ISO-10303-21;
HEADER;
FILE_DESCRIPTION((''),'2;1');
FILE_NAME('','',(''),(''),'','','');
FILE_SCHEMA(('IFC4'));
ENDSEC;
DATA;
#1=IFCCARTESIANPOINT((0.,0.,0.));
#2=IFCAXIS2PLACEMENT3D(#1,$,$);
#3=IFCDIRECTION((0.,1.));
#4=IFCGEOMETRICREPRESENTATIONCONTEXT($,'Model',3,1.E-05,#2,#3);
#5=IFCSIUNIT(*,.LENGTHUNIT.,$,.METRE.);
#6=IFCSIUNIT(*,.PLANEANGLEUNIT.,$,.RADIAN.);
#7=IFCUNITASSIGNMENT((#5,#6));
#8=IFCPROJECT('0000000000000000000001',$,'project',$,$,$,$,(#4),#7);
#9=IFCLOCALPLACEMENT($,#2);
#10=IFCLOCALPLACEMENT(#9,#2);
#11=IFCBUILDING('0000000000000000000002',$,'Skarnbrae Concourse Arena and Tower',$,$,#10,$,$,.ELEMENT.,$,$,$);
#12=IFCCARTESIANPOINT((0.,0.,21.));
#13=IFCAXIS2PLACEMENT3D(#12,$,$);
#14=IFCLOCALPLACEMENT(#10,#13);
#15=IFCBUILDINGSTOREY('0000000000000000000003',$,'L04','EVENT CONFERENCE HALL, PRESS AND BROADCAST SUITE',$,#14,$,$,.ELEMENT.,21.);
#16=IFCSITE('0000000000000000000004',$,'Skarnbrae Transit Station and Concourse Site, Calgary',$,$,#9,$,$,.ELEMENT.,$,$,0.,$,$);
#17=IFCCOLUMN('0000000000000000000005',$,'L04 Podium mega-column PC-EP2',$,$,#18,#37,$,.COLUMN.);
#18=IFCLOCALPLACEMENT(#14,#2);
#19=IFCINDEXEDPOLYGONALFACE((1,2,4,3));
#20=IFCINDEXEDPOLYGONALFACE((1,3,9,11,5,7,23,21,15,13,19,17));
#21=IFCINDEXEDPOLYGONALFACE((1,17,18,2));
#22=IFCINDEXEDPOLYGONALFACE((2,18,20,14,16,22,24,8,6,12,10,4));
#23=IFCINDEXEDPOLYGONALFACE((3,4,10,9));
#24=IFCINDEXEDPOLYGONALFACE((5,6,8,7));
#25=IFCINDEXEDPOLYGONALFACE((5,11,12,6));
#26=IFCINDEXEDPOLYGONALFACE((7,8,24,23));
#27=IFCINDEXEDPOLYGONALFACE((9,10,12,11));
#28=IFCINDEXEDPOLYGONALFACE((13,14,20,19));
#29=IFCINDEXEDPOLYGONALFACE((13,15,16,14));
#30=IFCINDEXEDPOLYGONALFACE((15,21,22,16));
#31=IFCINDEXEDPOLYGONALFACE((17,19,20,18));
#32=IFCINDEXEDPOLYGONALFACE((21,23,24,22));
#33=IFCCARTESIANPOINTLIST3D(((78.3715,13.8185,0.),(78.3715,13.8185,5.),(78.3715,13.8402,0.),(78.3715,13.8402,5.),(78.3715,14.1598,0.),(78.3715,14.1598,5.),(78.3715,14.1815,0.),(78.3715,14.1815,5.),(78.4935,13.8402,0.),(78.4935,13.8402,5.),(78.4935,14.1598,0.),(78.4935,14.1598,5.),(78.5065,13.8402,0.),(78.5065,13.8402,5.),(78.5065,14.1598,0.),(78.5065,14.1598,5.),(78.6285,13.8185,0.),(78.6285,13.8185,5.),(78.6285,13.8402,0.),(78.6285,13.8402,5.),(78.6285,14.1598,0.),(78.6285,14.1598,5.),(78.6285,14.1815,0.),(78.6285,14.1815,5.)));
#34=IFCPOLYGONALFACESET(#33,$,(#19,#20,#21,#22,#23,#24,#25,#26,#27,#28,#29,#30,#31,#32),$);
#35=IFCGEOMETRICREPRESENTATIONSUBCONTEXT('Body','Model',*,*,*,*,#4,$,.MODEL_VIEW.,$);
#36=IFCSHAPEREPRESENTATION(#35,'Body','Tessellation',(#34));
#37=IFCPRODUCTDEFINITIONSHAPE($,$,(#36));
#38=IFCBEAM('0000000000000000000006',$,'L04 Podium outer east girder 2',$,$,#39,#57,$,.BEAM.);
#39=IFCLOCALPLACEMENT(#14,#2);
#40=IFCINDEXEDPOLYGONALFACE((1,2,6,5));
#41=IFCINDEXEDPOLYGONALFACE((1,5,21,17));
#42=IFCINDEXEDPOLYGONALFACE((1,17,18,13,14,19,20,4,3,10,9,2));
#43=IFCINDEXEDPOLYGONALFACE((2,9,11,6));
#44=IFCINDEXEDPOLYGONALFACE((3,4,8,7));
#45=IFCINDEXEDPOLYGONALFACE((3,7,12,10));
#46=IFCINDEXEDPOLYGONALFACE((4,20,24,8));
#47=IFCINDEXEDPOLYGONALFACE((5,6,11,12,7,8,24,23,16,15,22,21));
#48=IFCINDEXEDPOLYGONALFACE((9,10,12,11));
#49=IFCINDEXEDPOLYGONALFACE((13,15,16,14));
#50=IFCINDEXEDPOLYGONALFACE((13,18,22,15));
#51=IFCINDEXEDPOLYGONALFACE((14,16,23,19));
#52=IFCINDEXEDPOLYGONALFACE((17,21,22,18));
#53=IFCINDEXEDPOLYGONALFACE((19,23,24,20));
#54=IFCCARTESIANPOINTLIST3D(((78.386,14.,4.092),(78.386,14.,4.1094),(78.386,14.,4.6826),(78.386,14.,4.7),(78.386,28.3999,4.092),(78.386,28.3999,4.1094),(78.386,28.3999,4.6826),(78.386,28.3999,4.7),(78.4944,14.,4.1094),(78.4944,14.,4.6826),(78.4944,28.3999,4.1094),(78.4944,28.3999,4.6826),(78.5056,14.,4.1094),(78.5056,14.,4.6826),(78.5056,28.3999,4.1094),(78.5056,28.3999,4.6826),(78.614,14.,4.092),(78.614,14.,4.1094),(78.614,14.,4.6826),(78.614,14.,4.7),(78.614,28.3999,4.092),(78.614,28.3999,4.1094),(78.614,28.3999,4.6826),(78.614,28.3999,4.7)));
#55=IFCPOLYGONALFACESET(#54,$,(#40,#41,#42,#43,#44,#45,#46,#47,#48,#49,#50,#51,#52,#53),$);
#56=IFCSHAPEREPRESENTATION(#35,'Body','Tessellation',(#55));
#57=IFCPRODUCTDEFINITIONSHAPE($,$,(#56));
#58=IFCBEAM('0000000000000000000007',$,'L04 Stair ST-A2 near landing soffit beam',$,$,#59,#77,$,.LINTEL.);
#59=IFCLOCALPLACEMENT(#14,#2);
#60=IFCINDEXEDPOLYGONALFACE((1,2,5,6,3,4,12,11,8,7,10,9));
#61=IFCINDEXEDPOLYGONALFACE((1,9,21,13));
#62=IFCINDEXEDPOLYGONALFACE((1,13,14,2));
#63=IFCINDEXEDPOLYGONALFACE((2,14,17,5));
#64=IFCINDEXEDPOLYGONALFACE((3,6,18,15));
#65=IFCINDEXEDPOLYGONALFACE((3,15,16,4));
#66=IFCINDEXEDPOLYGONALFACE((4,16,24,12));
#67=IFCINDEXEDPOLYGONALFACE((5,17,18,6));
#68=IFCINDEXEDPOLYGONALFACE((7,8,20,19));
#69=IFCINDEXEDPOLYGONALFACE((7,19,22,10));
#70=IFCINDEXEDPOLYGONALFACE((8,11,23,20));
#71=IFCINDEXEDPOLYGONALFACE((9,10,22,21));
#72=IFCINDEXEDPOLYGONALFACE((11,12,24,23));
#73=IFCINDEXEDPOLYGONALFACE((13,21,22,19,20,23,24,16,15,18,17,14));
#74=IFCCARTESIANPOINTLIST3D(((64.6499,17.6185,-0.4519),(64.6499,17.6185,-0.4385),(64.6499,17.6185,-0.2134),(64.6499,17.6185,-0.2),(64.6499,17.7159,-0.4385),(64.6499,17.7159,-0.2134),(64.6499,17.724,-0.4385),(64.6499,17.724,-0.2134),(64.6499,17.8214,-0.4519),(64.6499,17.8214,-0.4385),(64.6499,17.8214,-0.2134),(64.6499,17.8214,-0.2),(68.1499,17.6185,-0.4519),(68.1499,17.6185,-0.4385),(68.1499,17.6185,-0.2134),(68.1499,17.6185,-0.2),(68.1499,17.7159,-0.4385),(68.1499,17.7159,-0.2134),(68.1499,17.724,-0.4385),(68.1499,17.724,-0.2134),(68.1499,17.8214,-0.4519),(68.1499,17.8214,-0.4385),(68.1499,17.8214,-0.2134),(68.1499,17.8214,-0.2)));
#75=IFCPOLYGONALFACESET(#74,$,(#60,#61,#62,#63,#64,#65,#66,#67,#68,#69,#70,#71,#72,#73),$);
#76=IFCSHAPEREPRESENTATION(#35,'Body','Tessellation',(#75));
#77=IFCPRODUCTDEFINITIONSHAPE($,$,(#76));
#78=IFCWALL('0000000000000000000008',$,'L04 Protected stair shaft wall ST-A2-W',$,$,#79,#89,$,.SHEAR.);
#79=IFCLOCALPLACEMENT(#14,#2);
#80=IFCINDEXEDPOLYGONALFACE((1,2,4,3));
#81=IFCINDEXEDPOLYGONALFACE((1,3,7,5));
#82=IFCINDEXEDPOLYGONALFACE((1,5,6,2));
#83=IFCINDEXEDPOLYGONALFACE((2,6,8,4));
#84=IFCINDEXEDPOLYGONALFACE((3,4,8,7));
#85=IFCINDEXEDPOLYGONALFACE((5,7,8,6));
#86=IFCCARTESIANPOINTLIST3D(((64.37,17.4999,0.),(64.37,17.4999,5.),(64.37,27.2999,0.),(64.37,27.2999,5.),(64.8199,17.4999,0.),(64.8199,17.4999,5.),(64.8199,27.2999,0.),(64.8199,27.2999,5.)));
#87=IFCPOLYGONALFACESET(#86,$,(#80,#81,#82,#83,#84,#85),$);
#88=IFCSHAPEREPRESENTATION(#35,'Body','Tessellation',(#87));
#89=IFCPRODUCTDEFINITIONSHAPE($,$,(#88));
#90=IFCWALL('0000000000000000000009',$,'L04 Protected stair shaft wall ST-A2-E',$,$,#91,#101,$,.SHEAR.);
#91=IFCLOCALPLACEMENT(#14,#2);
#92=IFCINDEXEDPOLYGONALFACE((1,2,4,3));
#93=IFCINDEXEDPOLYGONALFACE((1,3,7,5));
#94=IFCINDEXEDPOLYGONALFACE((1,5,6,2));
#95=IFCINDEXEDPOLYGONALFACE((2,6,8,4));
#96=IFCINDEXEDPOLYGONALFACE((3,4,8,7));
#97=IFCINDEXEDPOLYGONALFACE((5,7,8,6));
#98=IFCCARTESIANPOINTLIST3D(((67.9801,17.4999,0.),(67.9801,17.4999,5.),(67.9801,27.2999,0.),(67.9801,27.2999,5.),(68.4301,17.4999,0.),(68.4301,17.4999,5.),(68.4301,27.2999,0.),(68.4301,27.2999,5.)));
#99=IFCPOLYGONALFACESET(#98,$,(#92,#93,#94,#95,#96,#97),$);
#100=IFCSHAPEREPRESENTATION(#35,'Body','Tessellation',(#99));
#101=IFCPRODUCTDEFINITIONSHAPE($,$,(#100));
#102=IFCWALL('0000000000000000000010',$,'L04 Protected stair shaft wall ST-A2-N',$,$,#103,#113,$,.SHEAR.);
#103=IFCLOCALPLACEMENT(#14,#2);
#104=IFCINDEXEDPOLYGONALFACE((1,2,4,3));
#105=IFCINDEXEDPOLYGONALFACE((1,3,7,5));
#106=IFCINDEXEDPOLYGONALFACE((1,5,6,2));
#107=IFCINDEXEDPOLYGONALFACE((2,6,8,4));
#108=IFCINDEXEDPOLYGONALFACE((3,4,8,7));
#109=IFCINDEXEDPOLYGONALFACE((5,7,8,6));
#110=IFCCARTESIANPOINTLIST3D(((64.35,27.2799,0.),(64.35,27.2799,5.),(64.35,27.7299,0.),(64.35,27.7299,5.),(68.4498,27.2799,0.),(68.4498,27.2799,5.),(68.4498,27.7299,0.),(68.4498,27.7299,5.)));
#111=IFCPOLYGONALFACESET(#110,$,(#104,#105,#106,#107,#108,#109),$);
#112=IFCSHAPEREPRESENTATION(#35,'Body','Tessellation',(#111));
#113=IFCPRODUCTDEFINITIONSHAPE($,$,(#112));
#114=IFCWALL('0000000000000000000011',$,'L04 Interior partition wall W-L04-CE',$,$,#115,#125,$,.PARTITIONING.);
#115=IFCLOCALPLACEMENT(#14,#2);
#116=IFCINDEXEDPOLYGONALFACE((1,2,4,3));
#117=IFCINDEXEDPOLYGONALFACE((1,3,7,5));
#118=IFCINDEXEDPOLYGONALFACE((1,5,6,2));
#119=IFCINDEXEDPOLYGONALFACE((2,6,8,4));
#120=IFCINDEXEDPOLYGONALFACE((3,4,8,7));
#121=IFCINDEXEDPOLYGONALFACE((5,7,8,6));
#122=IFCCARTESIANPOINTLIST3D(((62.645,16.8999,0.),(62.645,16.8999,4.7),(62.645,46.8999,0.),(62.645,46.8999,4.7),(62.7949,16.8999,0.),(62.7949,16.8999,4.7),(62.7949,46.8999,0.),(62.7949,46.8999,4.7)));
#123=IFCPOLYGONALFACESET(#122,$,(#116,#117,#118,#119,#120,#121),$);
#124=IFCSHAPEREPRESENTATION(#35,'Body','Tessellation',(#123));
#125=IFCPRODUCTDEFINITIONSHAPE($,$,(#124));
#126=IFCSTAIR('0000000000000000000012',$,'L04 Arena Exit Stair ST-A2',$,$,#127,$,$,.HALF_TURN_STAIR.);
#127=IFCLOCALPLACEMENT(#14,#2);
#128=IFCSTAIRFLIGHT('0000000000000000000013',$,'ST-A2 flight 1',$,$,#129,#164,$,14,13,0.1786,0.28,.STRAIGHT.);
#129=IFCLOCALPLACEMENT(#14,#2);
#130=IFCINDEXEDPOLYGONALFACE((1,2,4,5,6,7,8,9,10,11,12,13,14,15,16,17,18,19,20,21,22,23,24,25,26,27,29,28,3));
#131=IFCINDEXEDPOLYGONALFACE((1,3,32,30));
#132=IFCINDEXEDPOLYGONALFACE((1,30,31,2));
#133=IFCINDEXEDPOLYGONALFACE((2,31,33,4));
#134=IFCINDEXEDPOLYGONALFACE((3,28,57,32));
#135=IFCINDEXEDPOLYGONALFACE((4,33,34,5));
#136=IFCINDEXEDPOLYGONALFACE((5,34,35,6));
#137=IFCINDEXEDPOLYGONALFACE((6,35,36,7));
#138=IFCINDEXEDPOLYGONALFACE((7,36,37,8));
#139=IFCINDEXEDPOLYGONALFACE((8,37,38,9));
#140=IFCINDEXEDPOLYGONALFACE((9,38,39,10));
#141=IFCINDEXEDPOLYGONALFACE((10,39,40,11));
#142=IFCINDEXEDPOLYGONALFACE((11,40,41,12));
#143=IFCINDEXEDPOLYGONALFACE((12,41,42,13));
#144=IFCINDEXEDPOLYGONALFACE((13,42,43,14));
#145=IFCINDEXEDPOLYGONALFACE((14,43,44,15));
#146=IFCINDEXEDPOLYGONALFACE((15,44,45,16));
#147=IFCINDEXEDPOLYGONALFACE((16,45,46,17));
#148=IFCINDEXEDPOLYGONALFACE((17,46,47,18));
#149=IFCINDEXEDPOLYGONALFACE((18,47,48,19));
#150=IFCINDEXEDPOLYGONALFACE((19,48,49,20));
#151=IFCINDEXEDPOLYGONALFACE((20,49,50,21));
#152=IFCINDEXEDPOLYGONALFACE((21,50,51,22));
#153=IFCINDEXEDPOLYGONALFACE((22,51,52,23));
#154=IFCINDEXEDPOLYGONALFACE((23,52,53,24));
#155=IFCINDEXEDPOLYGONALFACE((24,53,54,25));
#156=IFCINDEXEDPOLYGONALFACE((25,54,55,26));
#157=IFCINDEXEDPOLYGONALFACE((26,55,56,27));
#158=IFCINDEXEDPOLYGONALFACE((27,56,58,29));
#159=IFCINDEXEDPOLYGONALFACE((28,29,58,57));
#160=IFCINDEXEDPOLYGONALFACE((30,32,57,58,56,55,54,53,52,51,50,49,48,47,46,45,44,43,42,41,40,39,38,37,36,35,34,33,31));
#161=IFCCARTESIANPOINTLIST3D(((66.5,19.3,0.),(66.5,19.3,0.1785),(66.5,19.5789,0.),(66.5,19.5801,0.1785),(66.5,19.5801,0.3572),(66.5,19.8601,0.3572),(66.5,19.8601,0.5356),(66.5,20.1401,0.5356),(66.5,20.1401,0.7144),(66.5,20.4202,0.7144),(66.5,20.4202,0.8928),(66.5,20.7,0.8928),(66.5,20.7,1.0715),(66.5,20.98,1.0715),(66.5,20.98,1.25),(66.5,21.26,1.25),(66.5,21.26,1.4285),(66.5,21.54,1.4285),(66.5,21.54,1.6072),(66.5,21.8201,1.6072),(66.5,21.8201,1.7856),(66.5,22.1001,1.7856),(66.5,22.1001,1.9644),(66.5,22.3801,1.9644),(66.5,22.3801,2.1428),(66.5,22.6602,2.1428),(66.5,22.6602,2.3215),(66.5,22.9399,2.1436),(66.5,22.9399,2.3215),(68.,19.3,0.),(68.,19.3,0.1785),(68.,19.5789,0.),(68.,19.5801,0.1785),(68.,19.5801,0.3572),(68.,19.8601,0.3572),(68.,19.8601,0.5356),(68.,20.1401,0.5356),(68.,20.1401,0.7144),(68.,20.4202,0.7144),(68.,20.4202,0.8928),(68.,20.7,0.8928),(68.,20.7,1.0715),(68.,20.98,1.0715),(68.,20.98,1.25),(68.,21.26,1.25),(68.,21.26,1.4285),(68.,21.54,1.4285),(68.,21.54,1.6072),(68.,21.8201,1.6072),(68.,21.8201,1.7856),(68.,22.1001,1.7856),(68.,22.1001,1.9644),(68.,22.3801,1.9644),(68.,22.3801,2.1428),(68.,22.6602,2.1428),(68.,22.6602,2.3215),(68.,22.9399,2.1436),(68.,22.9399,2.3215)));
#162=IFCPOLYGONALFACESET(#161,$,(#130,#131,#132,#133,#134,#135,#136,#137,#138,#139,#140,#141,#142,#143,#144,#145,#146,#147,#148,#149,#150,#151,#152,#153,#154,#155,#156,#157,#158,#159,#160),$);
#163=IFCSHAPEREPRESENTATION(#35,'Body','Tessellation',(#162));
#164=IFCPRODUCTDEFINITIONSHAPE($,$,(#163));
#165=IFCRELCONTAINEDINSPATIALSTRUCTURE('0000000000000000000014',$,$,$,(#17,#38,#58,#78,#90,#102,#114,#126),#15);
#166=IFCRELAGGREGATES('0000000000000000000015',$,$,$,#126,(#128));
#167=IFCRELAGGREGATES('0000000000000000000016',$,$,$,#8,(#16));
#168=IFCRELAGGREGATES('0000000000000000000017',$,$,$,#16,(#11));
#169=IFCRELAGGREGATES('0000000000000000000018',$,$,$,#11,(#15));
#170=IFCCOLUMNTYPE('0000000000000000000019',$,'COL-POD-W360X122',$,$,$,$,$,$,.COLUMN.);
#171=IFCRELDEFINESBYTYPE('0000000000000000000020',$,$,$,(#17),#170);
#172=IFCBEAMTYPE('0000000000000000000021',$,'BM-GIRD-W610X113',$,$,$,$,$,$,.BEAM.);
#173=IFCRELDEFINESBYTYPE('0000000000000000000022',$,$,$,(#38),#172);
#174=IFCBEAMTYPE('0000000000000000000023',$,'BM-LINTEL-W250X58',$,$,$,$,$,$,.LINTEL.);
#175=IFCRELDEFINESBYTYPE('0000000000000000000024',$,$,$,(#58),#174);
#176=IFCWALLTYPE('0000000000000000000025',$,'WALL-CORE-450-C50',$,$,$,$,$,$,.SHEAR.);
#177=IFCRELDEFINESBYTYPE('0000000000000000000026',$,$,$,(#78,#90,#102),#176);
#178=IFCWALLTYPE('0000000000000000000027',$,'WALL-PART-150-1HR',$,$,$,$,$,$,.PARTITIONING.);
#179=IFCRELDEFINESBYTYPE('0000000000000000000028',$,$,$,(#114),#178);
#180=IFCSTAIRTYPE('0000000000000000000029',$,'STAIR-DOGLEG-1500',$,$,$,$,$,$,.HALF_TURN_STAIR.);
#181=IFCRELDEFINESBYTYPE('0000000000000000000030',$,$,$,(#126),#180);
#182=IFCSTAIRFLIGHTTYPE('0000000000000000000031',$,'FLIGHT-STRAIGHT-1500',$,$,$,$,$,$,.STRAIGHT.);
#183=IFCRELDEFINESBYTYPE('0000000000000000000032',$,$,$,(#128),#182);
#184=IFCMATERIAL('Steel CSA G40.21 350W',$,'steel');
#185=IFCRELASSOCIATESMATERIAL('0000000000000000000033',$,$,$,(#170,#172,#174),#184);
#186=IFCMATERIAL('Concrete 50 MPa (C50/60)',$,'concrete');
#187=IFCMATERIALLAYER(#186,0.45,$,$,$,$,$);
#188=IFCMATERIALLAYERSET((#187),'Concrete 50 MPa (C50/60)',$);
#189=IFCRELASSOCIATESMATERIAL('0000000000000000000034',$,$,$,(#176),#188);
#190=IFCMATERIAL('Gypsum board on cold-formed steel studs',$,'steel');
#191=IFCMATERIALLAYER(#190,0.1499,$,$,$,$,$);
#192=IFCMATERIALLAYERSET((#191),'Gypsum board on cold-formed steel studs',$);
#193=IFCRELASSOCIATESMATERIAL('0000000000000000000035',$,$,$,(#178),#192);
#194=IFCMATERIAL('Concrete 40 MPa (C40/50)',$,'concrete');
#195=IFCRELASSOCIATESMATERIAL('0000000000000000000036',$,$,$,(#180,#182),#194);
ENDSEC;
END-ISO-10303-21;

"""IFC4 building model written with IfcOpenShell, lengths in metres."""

from ifc_helpers import new_model, si_unit, direction, frame, frame_2d, origin, origin_2d, place, context, subcontext, project, spatial, polyline, rectangle, i_section, outline, extrude, source, transform, mapped, material, layer, layer_set, material_profile, profile_set, type_object, element, aggregate, save


model = new_model("IFC4")

# Units and contexts
model_context = context("Model", 3, precision=1e-05, world=origin(), true_north=direction((0.0, 1.0)))
body_context = subcontext(model_context, "Body", "Model", "MODEL_VIEW")
ifc_project = project(units=[si_unit("LENGTHUNIT", "METRE"), si_unit("PLANEANGLEUNIT", "RADIAN")], contexts=[model_context])

# Site, building, storey
site_placement = place(None, origin())
site = spatial("IfcSite", under=ifc_project, at=site_placement, Name="Skarnbrae Transit Station and Concourse Site, Calgary", CompositionType="ELEMENT", RefElevation=0.0)
building_placement = place(site_placement, origin())
building = spatial("IfcBuilding", under=site, at=building_placement, Name="Skarnbrae Concourse Arena and Tower", CompositionType="ELEMENT")
storey_placement = place(building_placement, frame((0.0, 0.0, 21.0)))
storey = spatial("IfcBuildingStorey", under=building, at=storey_placement, Name="L04", Description="EVENT CONFERENCE HALL, PRESS AND BROADCAST SUITE", CompositionType="ELEMENT", Elevation=21.0)

# Column
ifc_material_1 = material(Name="Steel CSA G40.21 350W", Category="steel")
ifc_material_profile_1 = material_profile(ifc_material_1, i_section(OverallWidth=0.2571, OverallDepth=0.363, WebThickness=0.0129, FlangeThickness=0.0217, at=origin_2d()), Name="W360X122")
ifc_profile_set_1 = profile_set([ifc_material_profile_1], Name="Steel CSA G40.21 350W")
column_type = type_object("IfcColumnType", Name="COL-POD-W360X122", PredefinedType="COLUMN", material=ifc_profile_set_1)
shared_shape_1 = source(origin(), body_context, "Body", "SweptSolid", [
    extrude(i_section(OverallWidth=0.2571, OverallDepth=0.363, WebThickness=0.0129, FlangeThickness=0.0217, at=origin_2d()), origin(), (0.0, 0.0, 1.0), 5.0),
])
column_placement = place(storey_placement, frame((78.5, 14.0, 0.0), z_axis=(0.0, 0.0, 1.0), x_axis=(1.0, 0.0, 0.0)))
element("IfcColumn", 1, at=column_placement, inside=storey, type_object=column_type, Name="L04 Podium mega-column PC-EP2", PredefinedType="COLUMN", context=body_context, shape_type="MappedRepresentation", body=[
    mapped(shared_shape_1, transform((0.0, 0.0, 0.0))),
])

# Beams
ifc_material_profile_2 = material_profile(ifc_material_1, i_section(OverallWidth=0.228, OverallDepth=0.6079, WebThickness=0.0112, FlangeThickness=0.0173, at=origin_2d()), Name="W610X113")
ifc_profile_set_2 = profile_set([ifc_material_profile_2], Name="Steel CSA G40.21 350W")
beam_type_1 = type_object("IfcBeamType", Name="BM-GIRD-W610X113", PredefinedType="BEAM", material=ifc_profile_set_2)
shared_shape_2 = source(origin(), body_context, "Body", "SweptSolid", [
    extrude(i_section(OverallWidth=0.228, OverallDepth=0.6079, WebThickness=0.0112, FlangeThickness=0.0173, at=origin_2d()), origin(), (0.0, 0.0, 1.0), 14.3999),
])
beam_1_placement = place(storey_placement, frame((78.5, 14.0, 4.396), z_axis=(0.0, 1.0, 0.0), x_axis=(-1.0, 0.0, 0.0)))
element("IfcBeam", 2, at=beam_1_placement, inside=storey, type_object=beam_type_1, Name="L04 Podium outer east girder 2", PredefinedType="BEAM", context=body_context, shape_type="MappedRepresentation", body=[
    mapped(shared_shape_2, transform((0.0, 0.0, 0.0))),
])
ifc_material_profile_3 = material_profile(ifc_material_1, i_section(OverallWidth=0.2029, OverallDepth=0.252, WebThickness=0.0081, FlangeThickness=0.0134, at=origin_2d()), Name="W250X58")
ifc_profile_set_3 = profile_set([ifc_material_profile_3], Name="Steel CSA G40.21 350W")
beam_type_2 = type_object("IfcBeamType", Name="BM-LINTEL-W250X58", PredefinedType="LINTEL", material=ifc_profile_set_3)
shared_shape_3 = source(origin(), body_context, "Body", "SweptSolid", [
    extrude(i_section(OverallWidth=0.2029, OverallDepth=0.252, WebThickness=0.0081, FlangeThickness=0.0134, at=origin_2d()), origin(), (0.0, 0.0, 1.0), 3.5),
])
beam_2_placement = place(storey_placement, frame((68.1499, 17.72, -0.3259), z_axis=(-1.0, 0.0, 0.0), x_axis=(0.0, -1.0, 0.0)))
element("IfcBeam", 3, at=beam_2_placement, inside=storey, type_object=beam_type_2, Name="L04 Stair ST-A2 near landing soffit beam", PredefinedType="LINTEL", context=body_context, shape_type="MappedRepresentation", body=[
    mapped(shared_shape_3, transform((0.0, 0.0, 0.0))),
])

# Walls
ifc_material_2 = material(Name="Concrete 50 MPa (C50/60)", Category="concrete")
ifc_layer_1 = layer(ifc_material_2, 0.45)
ifc_layer_set_1 = layer_set([ifc_layer_1], Name="Concrete 50 MPa (C50/60)")
wall_type_1 = type_object("IfcWallType", Name="WALL-CORE-450-C50", PredefinedType="SHEAR", material=ifc_layer_set_1)
shared_shape_4 = source(origin(), body_context, "Body", "SweptSolid", [
    extrude(rectangle(XDim=9.8, YDim=0.45, at=frame_2d((4.8999, 0.0))), origin(), (0.0, 0.0, 1.0), 5.0),
])
for number, where, z_axis, x_axis, name in (
    (4, (64.595, 17.5, 0.0), (0.0, 0.0, 1.0), (0.0, 1.0, 0.0), "L04 Protected stair shaft wall ST-A2-W"),
    (5, (68.2051, 17.5, 0.0), (0.0, 0.0, 1.0), (0.0, 1.0, 0.0), "L04 Protected stair shaft wall ST-A2-E"),
):
    element("IfcWall", number, at=place(storey_placement, frame(where, z_axis=z_axis, x_axis=x_axis)), inside=storey, type_object=wall_type_1, Name=name, PredefinedType="SHEAR", context=body_context, shape_type="MappedRepresentation", body=[
        mapped(shared_shape_4, transform((0.0, 0.0, 0.0))),
    ])

# Shared definitions
shared_shape_5 = source(origin(), body_context, "Body", "SweptSolid", [
    extrude(rectangle(XDim=4.0999, YDim=0.45, at=frame_2d((2.0498, 0.0))), origin(), (0.0, 0.0, 1.0), 5.0),
])

# Walls
wall_1_placement = place(storey_placement, frame((64.3501, 27.5049, 0.0), z_axis=(0.0, 0.0, 1.0), x_axis=(1.0, 0.0, 0.0)))
element("IfcWall", 6, at=wall_1_placement, inside=storey, type_object=wall_type_1, Name="L04 Protected stair shaft wall ST-A2-N", PredefinedType="SHEAR", context=body_context, shape_type="MappedRepresentation", body=[
    mapped(shared_shape_5, transform((0.0, 0.0, 0.0))),
])
ifc_material_3 = material(Name="Gypsum board on cold-formed steel studs", Category="steel")
ifc_layer_2 = layer(ifc_material_3, 0.1499)
ifc_layer_set_2 = layer_set([ifc_layer_2], Name="Gypsum board on cold-formed steel studs")
wall_type_2 = type_object("IfcWallType", Name="WALL-PART-150-1HR", PredefinedType="PARTITIONING", material=ifc_layer_set_2)
shared_shape_6 = source(origin(), body_context, "Body", "SweptSolid", [
    extrude(rectangle(XDim=30.0, YDim=0.1499, at=frame_2d((15.0, 0.0))), origin(), (0.0, 0.0, 1.0), 4.7),
])
wall_2_placement = place(storey_placement, frame((62.72, 16.8999, 0.0), z_axis=(0.0, 0.0, 1.0), x_axis=(0.0, 1.0, 0.0)))
element("IfcWall", 7, at=wall_2_placement, inside=storey, type_object=wall_type_2, Name="L04 Interior partition wall W-L04-CE", PredefinedType="PARTITIONING", context=body_context, shape_type="MappedRepresentation", body=[
    mapped(shared_shape_6, transform((0.0, 0.0, 0.0))),
])

# Stair, stair flight
ifc_material_4 = material(Name="Concrete 40 MPa (C40/50)", Category="concrete")
stair_type = type_object("IfcStairType", Name="STAIR-DOGLEG-1500", PredefinedType="HALF_TURN_STAIR", material=ifc_material_4)
stair_placement = place(storey_placement, origin())
stair = element("IfcStair", 8, at=stair_placement, inside=storey, type_object=stair_type, Name="L04 Arena Exit Stair ST-A2", PredefinedType="HALF_TURN_STAIR")
stair_flight_type = type_object("IfcStairFlightType", Name="FLIGHT-STRAIGHT-1500", PredefinedType="STRAIGHT", material=ifc_material_4)
shared_shape_7 = source(origin(), body_context, "Body", "SweptSolid", [
    extrude(outline(polyline([(0.0, 0.0), (0.0, 0.1785), (0.28, 0.1785), (0.28, 0.3572), (0.5601, 0.3572), (0.5601, 0.5356), (0.8401, 0.5356), (0.8401, 0.7144), (1.1201, 0.7144), (1.1201, 0.8928), (1.3999, 0.8928), (1.3999, 1.0715), (1.6799, 1.0715), (1.6799, 1.25), (1.96, 1.25), (1.96, 1.4285), (2.24, 1.4285), (2.24, 1.6072), (2.52, 1.6072), (2.52, 1.7856), (2.8, 1.7856), (2.8, 1.9644), (3.0801, 1.9644), (3.0801, 2.1428), (3.3601, 2.1428), (3.3601, 2.3215), (3.6399, 2.3215), (3.6399, 2.5), (3.6399, 2.1436), (0.2788, 0.0), (0.0, 0.0)])), frame((0.0, 0.75, 0.0), z_axis=(0.0, -1.0, 0.0), x_axis=(1.0, 0.0, 0.0)), (0.0, 0.0, 1.0), 1.5),
])
stair_flight_1_placement = place(storey_placement, frame((67.25, 19.3, 0.0), z_axis=(0.0, 0.0, 1.0), x_axis=(0.0, 1.0, 0.0)))
stair_flight_1 = element("IfcStairFlight", 9, at=stair_flight_1_placement, type_object=stair_flight_type, Name="ST-A2 flight 1", NumberOfRisers=14, NumberOfTreads=13, PredefinedType="STRAIGHT", RiserHeight=0.1786, TreadLength=0.28, context=body_context, shape_type="MappedRepresentation", body=[
    mapped(shared_shape_7, transform((0.0, 0.0, 0.0))),
])
aggregate(stair, [stair_flight_1])

save(model, "model.ifc")
